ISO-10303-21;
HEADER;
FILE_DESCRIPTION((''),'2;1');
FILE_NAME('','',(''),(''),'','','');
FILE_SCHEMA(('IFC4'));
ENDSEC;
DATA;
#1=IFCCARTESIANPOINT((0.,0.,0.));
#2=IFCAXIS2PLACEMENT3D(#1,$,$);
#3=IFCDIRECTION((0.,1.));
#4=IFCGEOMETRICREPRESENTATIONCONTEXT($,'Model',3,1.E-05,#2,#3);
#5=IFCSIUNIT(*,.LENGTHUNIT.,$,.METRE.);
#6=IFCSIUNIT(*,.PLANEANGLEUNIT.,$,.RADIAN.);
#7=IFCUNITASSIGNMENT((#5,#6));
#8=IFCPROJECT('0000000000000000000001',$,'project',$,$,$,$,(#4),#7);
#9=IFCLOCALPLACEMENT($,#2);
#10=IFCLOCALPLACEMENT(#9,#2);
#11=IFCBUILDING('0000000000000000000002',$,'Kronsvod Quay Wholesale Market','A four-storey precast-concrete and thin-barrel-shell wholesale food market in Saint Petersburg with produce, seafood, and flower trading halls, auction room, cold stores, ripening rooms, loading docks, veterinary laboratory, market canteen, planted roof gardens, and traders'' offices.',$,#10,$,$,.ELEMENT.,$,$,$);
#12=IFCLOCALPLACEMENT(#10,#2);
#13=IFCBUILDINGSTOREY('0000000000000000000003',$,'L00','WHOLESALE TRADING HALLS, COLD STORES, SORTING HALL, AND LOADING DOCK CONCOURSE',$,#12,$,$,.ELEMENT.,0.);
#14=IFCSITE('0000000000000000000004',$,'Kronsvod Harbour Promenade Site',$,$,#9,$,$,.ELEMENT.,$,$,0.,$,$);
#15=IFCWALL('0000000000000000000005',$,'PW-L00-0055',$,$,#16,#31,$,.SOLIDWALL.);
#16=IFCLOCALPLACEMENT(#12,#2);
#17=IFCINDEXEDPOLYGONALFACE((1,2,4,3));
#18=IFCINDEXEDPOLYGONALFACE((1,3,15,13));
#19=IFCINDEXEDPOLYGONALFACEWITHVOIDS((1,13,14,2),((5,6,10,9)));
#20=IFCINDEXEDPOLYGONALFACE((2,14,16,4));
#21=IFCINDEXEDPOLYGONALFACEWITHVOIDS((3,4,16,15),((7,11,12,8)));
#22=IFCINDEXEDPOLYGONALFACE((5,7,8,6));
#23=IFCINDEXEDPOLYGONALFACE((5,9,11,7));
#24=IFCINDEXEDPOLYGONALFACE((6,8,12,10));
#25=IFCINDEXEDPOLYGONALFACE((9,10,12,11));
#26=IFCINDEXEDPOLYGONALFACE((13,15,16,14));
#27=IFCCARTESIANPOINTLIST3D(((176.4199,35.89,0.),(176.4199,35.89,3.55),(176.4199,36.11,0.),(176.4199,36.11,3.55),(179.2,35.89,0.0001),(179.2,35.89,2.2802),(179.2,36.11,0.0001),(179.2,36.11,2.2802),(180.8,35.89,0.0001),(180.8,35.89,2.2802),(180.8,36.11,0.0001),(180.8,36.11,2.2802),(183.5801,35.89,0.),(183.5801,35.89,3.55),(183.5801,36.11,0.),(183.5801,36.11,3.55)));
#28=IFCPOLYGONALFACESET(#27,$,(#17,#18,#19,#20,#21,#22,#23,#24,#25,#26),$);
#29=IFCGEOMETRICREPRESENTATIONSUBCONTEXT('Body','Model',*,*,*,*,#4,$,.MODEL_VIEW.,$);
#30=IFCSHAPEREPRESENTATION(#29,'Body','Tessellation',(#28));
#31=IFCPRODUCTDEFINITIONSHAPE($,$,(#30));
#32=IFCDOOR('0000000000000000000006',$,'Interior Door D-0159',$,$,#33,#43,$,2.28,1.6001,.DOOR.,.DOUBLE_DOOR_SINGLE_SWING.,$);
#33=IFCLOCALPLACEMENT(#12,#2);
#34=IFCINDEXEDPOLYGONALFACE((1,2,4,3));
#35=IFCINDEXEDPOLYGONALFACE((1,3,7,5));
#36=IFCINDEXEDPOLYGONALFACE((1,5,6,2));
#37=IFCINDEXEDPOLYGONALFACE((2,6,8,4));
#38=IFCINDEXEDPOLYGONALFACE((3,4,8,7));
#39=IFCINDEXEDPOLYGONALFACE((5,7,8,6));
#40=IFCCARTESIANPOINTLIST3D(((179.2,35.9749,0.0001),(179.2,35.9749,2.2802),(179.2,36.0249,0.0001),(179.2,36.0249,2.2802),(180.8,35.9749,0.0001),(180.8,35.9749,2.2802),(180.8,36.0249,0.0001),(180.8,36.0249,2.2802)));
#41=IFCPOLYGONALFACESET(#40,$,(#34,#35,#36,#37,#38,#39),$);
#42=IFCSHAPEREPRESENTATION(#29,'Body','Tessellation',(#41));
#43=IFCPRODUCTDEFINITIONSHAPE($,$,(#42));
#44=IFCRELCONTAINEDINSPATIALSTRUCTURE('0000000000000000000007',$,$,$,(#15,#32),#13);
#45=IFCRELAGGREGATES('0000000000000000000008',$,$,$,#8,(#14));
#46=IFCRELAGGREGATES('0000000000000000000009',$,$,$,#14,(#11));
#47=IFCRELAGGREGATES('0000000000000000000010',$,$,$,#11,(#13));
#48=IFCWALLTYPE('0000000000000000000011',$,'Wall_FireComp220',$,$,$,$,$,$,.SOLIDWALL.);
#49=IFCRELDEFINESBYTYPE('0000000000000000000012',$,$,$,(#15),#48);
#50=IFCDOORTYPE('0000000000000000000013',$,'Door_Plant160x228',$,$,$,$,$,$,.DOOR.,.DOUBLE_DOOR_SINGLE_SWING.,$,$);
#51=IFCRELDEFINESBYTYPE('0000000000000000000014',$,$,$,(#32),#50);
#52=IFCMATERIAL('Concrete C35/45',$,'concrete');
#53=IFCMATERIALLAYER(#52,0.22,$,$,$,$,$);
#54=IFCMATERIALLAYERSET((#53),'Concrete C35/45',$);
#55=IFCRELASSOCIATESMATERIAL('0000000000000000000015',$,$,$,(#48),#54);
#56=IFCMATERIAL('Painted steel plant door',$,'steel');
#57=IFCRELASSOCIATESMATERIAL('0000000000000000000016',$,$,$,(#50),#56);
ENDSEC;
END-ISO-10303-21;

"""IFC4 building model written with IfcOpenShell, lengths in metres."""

from ifc_helpers import new_model, si_unit, direction, frame, frame_2d, origin, place, context, subcontext, project, spatial, rectangle, extrude, material, layer, layer_set, type_object, element, fill, save


model = new_model("IFC4")

# Units and contexts
model_context = context("Model", 3, precision=1e-05, world=origin(), true_north=direction((0.0, 1.0)))
body_context = subcontext(model_context, "Body", "Model", "MODEL_VIEW")
ifc_project = project(units=[si_unit("LENGTHUNIT", "METRE"), si_unit("PLANEANGLEUNIT", "RADIAN")], contexts=[model_context])

# Site, building, storey
site_placement = place(None, origin())
site = spatial("IfcSite", under=ifc_project, at=site_placement, Name="Kronsvod Harbour Promenade Site", CompositionType="ELEMENT", RefElevation=0.0)
building_placement = place(site_placement, origin())
building = spatial("IfcBuilding", under=site, at=building_placement, Name="Kronsvod Quay Wholesale Market", Description="A four-storey precast-concrete and thin-barrel-shell wholesale food market in Saint Petersburg with produce, seafood, and flower trading halls, auction room, cold stores, ripening rooms, loading docks, veterinary laboratory, market canteen, planted roof gardens, and traders' offices.", CompositionType="ELEMENT")
storey_placement = place(building_placement, origin())
storey = spatial("IfcBuildingStorey", under=building, at=storey_placement, Name="L00", Description="WHOLESALE TRADING HALLS, COLD STORES, SORTING HALL, AND LOADING DOCK CONCOURSE", CompositionType="ELEMENT", Elevation=0.0)

# Wall, opening, door
ifc_material_1 = material(Name="Concrete C35/45", Category="concrete")
ifc_layer_1 = layer(ifc_material_1, 0.22)
ifc_layer_set_1 = layer_set([ifc_layer_1], Name="Concrete C35/45")
wall_type_1 = type_object("IfcWallType", Name="Wall_FireComp220", PredefinedType="SOLIDWALL", material=ifc_layer_set_1)
wall_1_placement = place(storey_placement, frame((176.4199, 36.0, 0.0), z_axis=(0.0, 0.0, 1.0), x_axis=(1.0, 0.0, 0.0)))
wall_1 = element("IfcWall", 1, at=wall_1_placement, inside=storey, type_object=wall_type_1, Name="PW-L00-0055", PredefinedType="SOLIDWALL", context=body_context, shape_type="SweptSolid", body=[
    extrude(rectangle(XDim=7.1602, YDim=0.22, at=frame_2d((3.5801, 0.0))), origin(), (0.0, 0.0, 1.0), 3.55),
])
opening_1_placement = place(wall_1_placement, frame((2.78, 0.0, 0.0)))
opening_1 = element("IfcOpeningElement", 2, at=opening_1_placement, cuts=wall_1, PredefinedType="OPENING", context=body_context, shape_type="SweptSolid", body=[
    extrude(rectangle(XDim=1.6001, YDim=2.28, at=frame_2d((0.8, 1.1401))), frame((0.0, 0.1201, 0.0), z_axis=(0.0, -1.0, 0.0), x_axis=(1.0, 0.0, 0.0)), (0.0, 0.0, 1.0), 0.24),
])
ifc_material_2 = material(Name="Painted steel plant door", Category="steel")
door_type_1 = type_object("IfcDoorType", Name="Door_Plant160x228", OperationType="DOUBLE_DOOR_SINGLE_SWING", PredefinedType="DOOR", material=ifc_material_2)
door_1_placement = place(opening_1_placement, origin())
door_1 = element("IfcDoor", 3, at=door_1_placement, inside=storey, type_object=door_type_1, Name="Interior Door D-0159", OperationType="DOUBLE_DOOR_SINGLE_SWING", OverallHeight=2.28, OverallWidth=1.6001, PredefinedType="DOOR", context=body_context, shape_type="SweptSolid", body=[
    extrude(rectangle(XDim=1.6001, YDim=2.28, at=frame_2d((0.8, 1.1401))), frame((0.0, 0.0249, 0.0), z_axis=(0.0, -1.0, 0.0), x_axis=(1.0, 0.0, 0.0)), (0.0, 0.0, 1.0), 0.05),
])
fill(opening_1, door_1)

save(model, "model.ifc")
